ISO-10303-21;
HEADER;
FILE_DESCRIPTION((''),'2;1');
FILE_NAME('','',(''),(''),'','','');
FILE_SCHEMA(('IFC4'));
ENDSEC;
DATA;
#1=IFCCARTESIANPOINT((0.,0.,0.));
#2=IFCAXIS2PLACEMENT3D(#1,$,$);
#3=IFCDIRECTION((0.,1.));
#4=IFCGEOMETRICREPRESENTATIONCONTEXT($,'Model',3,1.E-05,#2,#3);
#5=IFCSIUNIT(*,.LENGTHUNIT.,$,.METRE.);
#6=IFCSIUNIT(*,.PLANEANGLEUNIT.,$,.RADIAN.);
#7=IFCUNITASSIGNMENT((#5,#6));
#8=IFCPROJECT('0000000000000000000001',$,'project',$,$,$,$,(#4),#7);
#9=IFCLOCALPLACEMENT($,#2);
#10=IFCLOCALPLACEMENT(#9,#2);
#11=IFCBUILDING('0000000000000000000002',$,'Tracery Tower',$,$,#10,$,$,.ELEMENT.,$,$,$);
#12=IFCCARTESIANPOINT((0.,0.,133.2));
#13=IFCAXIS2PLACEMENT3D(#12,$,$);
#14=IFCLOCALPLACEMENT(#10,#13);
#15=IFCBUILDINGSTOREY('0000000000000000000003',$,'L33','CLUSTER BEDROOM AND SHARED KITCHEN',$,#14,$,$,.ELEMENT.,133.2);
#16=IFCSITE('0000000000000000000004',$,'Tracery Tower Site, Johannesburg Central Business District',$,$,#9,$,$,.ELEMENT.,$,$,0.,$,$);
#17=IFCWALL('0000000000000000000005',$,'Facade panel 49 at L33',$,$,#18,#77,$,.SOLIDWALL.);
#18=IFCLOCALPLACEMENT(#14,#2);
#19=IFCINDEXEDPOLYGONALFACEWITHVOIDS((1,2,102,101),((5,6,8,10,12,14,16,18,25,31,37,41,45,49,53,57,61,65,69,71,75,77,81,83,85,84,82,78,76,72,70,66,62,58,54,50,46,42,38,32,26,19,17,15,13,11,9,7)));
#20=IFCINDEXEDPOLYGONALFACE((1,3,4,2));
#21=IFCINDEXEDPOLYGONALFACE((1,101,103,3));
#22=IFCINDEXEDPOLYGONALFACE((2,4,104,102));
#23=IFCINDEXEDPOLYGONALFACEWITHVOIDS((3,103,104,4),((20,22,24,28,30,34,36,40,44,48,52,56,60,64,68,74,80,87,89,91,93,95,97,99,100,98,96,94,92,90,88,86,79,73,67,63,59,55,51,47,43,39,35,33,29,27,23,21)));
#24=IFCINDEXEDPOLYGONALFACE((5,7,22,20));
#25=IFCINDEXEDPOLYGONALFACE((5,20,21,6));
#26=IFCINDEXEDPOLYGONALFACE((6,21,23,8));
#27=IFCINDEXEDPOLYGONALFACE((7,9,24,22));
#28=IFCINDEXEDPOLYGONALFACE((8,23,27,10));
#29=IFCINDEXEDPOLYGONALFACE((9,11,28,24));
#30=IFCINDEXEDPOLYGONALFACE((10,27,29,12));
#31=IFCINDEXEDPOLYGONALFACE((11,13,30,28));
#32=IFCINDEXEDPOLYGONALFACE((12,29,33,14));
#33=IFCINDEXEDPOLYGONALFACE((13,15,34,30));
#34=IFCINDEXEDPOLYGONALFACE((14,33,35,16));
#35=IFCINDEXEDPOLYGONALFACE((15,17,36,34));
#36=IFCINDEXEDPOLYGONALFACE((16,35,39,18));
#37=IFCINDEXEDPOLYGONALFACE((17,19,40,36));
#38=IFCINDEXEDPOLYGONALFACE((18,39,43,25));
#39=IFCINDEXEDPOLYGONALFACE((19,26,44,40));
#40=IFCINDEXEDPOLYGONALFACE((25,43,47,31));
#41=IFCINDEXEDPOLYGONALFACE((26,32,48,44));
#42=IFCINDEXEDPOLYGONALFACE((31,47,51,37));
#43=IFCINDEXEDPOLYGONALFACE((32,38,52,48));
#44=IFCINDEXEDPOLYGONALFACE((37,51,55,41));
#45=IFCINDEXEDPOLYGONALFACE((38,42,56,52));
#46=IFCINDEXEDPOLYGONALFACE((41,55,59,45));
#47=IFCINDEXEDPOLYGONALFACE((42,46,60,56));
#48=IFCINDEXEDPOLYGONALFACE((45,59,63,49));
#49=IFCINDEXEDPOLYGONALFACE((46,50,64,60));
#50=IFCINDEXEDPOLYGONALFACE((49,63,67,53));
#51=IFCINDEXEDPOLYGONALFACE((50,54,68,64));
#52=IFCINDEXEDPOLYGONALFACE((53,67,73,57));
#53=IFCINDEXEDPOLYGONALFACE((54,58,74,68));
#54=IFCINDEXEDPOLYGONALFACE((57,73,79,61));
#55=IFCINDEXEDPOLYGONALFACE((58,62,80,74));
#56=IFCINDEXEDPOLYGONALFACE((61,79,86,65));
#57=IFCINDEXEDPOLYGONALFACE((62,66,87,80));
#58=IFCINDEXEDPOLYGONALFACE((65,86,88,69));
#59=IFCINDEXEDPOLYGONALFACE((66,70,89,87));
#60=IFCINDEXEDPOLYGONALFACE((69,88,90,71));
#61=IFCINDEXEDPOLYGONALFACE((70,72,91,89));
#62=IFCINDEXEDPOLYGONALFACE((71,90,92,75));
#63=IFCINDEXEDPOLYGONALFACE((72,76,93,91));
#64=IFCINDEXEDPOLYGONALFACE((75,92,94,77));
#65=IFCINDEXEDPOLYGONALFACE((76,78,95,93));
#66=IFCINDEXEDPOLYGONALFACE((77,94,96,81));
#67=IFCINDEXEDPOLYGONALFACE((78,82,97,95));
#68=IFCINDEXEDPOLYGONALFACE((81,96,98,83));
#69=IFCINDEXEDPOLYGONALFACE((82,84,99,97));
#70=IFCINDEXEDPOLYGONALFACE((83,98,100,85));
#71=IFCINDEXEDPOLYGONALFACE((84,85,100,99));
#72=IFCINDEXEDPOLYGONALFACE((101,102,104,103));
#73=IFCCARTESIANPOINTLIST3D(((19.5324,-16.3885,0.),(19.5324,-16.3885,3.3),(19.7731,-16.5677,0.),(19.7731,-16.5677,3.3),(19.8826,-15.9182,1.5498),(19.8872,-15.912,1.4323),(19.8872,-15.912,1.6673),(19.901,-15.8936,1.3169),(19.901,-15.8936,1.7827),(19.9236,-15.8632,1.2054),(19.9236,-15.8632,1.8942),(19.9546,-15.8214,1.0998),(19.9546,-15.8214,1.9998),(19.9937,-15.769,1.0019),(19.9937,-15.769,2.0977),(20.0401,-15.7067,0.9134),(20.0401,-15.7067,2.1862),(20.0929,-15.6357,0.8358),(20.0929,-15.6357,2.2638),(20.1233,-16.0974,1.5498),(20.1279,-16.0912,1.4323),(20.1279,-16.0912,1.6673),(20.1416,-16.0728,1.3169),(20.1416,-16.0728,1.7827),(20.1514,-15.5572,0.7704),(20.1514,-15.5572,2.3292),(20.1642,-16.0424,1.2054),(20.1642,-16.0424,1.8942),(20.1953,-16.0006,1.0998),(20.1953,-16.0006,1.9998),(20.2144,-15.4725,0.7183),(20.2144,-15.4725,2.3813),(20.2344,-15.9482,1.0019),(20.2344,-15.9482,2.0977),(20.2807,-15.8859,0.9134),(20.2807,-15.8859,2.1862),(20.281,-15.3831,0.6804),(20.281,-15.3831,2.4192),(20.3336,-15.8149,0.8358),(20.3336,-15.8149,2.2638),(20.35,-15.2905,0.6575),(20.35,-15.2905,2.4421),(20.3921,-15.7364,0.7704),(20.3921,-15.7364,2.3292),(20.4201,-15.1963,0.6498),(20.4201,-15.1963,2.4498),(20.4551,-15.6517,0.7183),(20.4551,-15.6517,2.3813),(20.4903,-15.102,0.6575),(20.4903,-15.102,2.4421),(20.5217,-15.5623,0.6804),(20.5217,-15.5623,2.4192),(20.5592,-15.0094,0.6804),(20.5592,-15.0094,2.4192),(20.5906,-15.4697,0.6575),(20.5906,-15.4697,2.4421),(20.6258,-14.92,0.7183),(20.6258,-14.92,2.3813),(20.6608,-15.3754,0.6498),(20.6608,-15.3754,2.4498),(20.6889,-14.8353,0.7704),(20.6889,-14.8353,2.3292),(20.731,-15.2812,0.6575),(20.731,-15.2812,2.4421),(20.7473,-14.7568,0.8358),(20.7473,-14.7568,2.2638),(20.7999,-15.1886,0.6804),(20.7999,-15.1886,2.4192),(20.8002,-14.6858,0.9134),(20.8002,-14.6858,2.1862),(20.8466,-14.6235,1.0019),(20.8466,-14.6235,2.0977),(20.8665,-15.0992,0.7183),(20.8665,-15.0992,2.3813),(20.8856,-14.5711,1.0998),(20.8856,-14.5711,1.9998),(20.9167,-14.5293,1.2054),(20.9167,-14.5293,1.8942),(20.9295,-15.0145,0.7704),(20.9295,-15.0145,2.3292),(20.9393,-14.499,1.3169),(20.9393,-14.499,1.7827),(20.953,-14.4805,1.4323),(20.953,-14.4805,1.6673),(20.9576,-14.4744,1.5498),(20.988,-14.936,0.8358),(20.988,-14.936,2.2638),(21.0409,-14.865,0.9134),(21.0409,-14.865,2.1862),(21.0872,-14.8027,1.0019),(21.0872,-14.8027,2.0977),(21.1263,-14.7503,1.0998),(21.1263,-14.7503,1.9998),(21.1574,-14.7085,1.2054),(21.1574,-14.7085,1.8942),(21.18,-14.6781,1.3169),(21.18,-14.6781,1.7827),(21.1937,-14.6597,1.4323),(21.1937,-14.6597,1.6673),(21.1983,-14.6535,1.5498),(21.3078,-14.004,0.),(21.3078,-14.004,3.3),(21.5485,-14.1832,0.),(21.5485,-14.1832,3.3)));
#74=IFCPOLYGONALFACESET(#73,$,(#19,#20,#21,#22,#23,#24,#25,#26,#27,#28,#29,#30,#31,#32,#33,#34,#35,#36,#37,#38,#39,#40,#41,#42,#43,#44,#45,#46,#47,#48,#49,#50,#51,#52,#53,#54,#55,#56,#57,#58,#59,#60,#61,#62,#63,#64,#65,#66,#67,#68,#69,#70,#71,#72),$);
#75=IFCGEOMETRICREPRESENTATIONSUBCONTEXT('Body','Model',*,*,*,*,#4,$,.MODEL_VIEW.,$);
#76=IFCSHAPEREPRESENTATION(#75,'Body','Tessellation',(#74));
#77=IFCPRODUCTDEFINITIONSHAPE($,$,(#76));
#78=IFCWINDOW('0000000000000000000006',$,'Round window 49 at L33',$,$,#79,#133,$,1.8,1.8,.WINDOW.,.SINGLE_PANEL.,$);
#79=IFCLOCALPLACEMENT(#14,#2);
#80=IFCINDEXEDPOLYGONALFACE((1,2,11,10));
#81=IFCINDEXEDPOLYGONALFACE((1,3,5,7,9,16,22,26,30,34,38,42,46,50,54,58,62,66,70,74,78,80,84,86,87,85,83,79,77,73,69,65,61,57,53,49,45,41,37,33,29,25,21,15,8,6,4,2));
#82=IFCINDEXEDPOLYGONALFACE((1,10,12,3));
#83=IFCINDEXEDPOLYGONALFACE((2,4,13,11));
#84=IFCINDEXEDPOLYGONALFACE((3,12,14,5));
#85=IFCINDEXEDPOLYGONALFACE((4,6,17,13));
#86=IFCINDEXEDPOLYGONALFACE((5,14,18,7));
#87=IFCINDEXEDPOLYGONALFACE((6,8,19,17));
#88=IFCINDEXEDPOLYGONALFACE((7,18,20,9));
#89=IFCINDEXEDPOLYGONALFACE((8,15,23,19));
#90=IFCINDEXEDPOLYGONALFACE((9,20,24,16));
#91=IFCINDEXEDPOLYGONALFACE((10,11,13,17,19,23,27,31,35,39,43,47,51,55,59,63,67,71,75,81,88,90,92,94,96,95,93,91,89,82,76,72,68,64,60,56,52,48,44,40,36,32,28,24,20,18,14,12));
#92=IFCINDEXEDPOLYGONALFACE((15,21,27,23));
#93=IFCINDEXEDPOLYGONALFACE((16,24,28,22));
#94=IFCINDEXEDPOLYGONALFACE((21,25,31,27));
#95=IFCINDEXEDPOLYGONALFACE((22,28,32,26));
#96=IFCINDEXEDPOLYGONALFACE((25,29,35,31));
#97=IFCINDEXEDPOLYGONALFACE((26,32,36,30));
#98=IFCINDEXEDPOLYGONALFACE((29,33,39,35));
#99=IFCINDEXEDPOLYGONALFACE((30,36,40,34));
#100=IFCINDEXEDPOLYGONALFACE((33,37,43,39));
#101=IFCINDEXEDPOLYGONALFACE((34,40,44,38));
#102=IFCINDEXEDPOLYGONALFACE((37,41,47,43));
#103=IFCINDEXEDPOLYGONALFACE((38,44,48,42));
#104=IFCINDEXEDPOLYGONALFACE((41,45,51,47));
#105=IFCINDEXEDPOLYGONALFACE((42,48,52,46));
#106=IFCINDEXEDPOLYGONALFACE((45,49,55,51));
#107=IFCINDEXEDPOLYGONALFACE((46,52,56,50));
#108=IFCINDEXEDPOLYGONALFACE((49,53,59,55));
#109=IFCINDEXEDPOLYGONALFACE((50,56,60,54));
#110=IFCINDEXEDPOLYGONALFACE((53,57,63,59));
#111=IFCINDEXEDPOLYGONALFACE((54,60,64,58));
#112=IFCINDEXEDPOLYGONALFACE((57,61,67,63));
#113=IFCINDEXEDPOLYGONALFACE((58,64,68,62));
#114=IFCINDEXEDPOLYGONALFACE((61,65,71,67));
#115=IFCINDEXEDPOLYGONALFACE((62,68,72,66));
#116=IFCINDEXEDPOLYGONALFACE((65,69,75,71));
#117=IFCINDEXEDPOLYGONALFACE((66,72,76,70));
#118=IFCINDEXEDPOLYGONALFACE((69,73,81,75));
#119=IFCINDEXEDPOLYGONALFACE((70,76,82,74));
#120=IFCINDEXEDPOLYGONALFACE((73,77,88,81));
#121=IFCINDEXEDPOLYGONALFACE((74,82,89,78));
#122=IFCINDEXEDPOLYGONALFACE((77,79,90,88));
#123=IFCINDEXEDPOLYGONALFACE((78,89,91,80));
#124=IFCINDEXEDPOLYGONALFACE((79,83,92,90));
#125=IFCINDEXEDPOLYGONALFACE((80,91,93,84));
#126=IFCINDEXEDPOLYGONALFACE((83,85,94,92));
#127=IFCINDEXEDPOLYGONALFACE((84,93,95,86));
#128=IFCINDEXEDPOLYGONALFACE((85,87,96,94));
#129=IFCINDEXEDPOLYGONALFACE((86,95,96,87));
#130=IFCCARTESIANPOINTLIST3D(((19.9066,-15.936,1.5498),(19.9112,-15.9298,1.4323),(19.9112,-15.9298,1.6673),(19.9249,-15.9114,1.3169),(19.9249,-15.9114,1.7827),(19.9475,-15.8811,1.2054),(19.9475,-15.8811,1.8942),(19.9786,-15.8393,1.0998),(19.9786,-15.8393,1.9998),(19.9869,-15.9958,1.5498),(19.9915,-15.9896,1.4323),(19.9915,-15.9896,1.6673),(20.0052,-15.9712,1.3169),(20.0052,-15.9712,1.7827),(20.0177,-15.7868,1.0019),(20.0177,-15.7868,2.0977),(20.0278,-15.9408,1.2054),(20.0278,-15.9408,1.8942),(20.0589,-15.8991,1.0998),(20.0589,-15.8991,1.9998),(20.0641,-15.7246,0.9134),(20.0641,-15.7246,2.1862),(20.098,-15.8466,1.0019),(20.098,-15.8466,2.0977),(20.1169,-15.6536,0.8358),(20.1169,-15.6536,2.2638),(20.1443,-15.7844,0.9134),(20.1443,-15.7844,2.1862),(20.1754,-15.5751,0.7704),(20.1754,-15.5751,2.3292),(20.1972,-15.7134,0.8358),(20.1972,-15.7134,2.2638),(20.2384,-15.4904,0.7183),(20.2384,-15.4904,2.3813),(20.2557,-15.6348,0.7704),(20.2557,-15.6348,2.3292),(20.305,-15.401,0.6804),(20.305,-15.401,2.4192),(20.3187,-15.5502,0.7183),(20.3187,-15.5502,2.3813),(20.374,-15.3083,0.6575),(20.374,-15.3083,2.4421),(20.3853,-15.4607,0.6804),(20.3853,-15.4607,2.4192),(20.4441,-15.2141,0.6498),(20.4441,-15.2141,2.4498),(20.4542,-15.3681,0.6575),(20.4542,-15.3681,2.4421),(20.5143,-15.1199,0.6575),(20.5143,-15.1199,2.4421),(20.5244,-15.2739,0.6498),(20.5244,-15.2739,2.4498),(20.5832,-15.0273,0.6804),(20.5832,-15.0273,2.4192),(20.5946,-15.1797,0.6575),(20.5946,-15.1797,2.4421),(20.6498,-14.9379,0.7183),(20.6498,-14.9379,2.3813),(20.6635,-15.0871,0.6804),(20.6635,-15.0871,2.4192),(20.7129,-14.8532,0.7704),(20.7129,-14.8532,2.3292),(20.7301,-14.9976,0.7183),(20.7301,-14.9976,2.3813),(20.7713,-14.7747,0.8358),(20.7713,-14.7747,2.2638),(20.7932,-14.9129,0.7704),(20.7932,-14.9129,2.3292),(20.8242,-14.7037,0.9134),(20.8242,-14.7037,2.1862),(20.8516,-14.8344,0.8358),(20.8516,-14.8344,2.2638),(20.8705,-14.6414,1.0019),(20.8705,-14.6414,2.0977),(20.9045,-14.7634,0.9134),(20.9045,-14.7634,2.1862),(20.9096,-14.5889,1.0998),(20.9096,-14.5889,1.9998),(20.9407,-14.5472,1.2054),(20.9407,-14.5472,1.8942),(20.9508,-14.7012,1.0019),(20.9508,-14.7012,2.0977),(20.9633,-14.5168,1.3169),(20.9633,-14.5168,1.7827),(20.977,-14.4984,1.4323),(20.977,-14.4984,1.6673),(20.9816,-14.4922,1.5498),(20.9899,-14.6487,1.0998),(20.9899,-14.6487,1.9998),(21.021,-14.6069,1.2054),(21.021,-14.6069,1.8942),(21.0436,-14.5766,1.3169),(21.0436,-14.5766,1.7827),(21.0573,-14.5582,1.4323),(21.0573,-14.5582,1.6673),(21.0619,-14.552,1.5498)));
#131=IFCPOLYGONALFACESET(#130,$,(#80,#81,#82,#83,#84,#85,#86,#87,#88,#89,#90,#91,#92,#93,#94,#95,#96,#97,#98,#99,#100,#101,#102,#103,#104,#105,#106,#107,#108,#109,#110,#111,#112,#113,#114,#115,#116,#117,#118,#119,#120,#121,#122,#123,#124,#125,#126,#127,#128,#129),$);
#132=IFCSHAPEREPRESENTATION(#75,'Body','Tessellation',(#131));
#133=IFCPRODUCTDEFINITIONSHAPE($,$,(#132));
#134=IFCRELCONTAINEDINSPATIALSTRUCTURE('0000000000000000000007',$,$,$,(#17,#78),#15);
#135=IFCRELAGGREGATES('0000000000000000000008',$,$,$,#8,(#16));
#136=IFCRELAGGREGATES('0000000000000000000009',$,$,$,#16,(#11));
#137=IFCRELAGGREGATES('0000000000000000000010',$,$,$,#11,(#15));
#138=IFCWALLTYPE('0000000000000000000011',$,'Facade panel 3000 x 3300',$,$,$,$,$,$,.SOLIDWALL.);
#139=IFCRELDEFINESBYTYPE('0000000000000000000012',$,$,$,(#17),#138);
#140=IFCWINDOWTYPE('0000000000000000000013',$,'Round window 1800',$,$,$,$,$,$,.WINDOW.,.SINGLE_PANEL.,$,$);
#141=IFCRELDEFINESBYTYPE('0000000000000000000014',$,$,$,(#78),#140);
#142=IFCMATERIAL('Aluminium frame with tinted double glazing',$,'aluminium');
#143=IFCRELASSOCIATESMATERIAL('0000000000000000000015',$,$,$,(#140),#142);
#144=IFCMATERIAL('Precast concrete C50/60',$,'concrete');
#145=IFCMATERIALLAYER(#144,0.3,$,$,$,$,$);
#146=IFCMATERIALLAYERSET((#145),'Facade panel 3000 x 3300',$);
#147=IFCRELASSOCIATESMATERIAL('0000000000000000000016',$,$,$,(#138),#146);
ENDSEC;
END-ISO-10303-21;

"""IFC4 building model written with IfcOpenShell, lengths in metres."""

from ifc_helpers import new_model, si_unit, direction, frame, frame_2d, origin, origin_2d, place, context, subcontext, project, spatial, rectangle, circle, extrude, material, layer, layer_set, type_object, element, fill, save


model = new_model("IFC4")

# Units and contexts
model_context = context("Model", 3, precision=1e-05, world=origin(), true_north=direction((0.0, 1.0)))
body_context = subcontext(model_context, "Body", "Model", "MODEL_VIEW")
ifc_project = project(units=[si_unit("LENGTHUNIT", "METRE"), si_unit("PLANEANGLEUNIT", "RADIAN")], contexts=[model_context])

# Site, building, storey
site_placement = place(None, origin())
site = spatial("IfcSite", under=ifc_project, at=site_placement, Name="Tracery Tower Site, Johannesburg Central Business District", CompositionType="ELEMENT", RefElevation=0.0)
building_placement = place(site_placement, origin())
building = spatial("IfcBuilding", under=site, at=building_placement, Name="Tracery Tower", CompositionType="ELEMENT")
storey_placement = place(building_placement, frame((0.0, 0.0, 133.2)))
storey = spatial("IfcBuildingStorey", under=building, at=storey_placement, Name="L33", Description="CLUSTER BEDROOM AND SHARED KITCHEN", CompositionType="ELEMENT", Elevation=133.2)

# Wall, opening, window
ifc_material_1 = material(Name="Aluminium frame with tinted double glazing", Category="aluminium")
window_type = type_object("IfcWindowType", Name="Round window 1800", PartitioningType="SINGLE_PANEL", PredefinedType="WINDOW", material=ifc_material_1)
ifc_material_2 = material(Name="Precast concrete C50/60", Category="concrete")
ifc_layer_1 = layer(ifc_material_2, 0.3)
ifc_layer_set_1 = layer_set([ifc_layer_1], Name="Facade panel 3000 x 3300")
wall_type_1 = type_object("IfcWallType", Name="Facade panel 3000 x 3300", PredefinedType="SOLIDWALL", material=ifc_layer_set_1)
wall_1_placement = place(storey_placement, frame((19.6528, -16.478, 0.0), z_axis=(0.0, 0.0, 1.0), x_axis=(0.597198, 0.802094, 0.0)))
wall_1 = element("IfcWall", 1, at=wall_1_placement, inside=storey, type_object=wall_type_1, Name="Facade panel 49 at L33", PredefinedType="SOLIDWALL", context=body_context, shape_type="SweptSolid", body=[
    extrude(rectangle(XDim=2.9729, YDim=0.3, at=frame_2d((1.4863, 0.0))), origin(), (0.0, 0.0, 1.0), 3.3),
])
opening_1_placement = place(wall_1_placement, frame((1.4863, 0.0, 1.5498)))
opening_1 = element("IfcOpeningElement", 2, at=opening_1_placement, cuts=wall_1, PredefinedType="OPENING", context=body_context, shape_type="SweptSolid", body=[
    extrude(circle(Radius=0.9, at=origin_2d()), frame((0.0, 0.1599, 0.0), z_axis=(0.0, -1.0, 0.0), x_axis=(1.0, 0.0, 0.0)), (0.0, 0.0, 1.0), 0.3201),
])
window_1_placement = place(opening_1_placement, origin())
window_1 = element("IfcWindow", 3, at=window_1_placement, inside=storey, type_object=window_type, Name="Round window 49 at L33", OverallHeight=1.8, OverallWidth=1.8, PartitioningType="SINGLE_PANEL", PredefinedType="WINDOW", context=body_context, shape_type="SweptSolid", body=[
    extrude(circle(Radius=0.9, at=origin_2d()), frame((0.0, 0.1201, 0.0), z_axis=(0.0, -1.0, 0.0), x_axis=(1.0, 0.0, 0.0)), (0.0, 0.0, 1.0), 0.1001),
])
fill(opening_1, window_1)

save(model, "model.ifc")
